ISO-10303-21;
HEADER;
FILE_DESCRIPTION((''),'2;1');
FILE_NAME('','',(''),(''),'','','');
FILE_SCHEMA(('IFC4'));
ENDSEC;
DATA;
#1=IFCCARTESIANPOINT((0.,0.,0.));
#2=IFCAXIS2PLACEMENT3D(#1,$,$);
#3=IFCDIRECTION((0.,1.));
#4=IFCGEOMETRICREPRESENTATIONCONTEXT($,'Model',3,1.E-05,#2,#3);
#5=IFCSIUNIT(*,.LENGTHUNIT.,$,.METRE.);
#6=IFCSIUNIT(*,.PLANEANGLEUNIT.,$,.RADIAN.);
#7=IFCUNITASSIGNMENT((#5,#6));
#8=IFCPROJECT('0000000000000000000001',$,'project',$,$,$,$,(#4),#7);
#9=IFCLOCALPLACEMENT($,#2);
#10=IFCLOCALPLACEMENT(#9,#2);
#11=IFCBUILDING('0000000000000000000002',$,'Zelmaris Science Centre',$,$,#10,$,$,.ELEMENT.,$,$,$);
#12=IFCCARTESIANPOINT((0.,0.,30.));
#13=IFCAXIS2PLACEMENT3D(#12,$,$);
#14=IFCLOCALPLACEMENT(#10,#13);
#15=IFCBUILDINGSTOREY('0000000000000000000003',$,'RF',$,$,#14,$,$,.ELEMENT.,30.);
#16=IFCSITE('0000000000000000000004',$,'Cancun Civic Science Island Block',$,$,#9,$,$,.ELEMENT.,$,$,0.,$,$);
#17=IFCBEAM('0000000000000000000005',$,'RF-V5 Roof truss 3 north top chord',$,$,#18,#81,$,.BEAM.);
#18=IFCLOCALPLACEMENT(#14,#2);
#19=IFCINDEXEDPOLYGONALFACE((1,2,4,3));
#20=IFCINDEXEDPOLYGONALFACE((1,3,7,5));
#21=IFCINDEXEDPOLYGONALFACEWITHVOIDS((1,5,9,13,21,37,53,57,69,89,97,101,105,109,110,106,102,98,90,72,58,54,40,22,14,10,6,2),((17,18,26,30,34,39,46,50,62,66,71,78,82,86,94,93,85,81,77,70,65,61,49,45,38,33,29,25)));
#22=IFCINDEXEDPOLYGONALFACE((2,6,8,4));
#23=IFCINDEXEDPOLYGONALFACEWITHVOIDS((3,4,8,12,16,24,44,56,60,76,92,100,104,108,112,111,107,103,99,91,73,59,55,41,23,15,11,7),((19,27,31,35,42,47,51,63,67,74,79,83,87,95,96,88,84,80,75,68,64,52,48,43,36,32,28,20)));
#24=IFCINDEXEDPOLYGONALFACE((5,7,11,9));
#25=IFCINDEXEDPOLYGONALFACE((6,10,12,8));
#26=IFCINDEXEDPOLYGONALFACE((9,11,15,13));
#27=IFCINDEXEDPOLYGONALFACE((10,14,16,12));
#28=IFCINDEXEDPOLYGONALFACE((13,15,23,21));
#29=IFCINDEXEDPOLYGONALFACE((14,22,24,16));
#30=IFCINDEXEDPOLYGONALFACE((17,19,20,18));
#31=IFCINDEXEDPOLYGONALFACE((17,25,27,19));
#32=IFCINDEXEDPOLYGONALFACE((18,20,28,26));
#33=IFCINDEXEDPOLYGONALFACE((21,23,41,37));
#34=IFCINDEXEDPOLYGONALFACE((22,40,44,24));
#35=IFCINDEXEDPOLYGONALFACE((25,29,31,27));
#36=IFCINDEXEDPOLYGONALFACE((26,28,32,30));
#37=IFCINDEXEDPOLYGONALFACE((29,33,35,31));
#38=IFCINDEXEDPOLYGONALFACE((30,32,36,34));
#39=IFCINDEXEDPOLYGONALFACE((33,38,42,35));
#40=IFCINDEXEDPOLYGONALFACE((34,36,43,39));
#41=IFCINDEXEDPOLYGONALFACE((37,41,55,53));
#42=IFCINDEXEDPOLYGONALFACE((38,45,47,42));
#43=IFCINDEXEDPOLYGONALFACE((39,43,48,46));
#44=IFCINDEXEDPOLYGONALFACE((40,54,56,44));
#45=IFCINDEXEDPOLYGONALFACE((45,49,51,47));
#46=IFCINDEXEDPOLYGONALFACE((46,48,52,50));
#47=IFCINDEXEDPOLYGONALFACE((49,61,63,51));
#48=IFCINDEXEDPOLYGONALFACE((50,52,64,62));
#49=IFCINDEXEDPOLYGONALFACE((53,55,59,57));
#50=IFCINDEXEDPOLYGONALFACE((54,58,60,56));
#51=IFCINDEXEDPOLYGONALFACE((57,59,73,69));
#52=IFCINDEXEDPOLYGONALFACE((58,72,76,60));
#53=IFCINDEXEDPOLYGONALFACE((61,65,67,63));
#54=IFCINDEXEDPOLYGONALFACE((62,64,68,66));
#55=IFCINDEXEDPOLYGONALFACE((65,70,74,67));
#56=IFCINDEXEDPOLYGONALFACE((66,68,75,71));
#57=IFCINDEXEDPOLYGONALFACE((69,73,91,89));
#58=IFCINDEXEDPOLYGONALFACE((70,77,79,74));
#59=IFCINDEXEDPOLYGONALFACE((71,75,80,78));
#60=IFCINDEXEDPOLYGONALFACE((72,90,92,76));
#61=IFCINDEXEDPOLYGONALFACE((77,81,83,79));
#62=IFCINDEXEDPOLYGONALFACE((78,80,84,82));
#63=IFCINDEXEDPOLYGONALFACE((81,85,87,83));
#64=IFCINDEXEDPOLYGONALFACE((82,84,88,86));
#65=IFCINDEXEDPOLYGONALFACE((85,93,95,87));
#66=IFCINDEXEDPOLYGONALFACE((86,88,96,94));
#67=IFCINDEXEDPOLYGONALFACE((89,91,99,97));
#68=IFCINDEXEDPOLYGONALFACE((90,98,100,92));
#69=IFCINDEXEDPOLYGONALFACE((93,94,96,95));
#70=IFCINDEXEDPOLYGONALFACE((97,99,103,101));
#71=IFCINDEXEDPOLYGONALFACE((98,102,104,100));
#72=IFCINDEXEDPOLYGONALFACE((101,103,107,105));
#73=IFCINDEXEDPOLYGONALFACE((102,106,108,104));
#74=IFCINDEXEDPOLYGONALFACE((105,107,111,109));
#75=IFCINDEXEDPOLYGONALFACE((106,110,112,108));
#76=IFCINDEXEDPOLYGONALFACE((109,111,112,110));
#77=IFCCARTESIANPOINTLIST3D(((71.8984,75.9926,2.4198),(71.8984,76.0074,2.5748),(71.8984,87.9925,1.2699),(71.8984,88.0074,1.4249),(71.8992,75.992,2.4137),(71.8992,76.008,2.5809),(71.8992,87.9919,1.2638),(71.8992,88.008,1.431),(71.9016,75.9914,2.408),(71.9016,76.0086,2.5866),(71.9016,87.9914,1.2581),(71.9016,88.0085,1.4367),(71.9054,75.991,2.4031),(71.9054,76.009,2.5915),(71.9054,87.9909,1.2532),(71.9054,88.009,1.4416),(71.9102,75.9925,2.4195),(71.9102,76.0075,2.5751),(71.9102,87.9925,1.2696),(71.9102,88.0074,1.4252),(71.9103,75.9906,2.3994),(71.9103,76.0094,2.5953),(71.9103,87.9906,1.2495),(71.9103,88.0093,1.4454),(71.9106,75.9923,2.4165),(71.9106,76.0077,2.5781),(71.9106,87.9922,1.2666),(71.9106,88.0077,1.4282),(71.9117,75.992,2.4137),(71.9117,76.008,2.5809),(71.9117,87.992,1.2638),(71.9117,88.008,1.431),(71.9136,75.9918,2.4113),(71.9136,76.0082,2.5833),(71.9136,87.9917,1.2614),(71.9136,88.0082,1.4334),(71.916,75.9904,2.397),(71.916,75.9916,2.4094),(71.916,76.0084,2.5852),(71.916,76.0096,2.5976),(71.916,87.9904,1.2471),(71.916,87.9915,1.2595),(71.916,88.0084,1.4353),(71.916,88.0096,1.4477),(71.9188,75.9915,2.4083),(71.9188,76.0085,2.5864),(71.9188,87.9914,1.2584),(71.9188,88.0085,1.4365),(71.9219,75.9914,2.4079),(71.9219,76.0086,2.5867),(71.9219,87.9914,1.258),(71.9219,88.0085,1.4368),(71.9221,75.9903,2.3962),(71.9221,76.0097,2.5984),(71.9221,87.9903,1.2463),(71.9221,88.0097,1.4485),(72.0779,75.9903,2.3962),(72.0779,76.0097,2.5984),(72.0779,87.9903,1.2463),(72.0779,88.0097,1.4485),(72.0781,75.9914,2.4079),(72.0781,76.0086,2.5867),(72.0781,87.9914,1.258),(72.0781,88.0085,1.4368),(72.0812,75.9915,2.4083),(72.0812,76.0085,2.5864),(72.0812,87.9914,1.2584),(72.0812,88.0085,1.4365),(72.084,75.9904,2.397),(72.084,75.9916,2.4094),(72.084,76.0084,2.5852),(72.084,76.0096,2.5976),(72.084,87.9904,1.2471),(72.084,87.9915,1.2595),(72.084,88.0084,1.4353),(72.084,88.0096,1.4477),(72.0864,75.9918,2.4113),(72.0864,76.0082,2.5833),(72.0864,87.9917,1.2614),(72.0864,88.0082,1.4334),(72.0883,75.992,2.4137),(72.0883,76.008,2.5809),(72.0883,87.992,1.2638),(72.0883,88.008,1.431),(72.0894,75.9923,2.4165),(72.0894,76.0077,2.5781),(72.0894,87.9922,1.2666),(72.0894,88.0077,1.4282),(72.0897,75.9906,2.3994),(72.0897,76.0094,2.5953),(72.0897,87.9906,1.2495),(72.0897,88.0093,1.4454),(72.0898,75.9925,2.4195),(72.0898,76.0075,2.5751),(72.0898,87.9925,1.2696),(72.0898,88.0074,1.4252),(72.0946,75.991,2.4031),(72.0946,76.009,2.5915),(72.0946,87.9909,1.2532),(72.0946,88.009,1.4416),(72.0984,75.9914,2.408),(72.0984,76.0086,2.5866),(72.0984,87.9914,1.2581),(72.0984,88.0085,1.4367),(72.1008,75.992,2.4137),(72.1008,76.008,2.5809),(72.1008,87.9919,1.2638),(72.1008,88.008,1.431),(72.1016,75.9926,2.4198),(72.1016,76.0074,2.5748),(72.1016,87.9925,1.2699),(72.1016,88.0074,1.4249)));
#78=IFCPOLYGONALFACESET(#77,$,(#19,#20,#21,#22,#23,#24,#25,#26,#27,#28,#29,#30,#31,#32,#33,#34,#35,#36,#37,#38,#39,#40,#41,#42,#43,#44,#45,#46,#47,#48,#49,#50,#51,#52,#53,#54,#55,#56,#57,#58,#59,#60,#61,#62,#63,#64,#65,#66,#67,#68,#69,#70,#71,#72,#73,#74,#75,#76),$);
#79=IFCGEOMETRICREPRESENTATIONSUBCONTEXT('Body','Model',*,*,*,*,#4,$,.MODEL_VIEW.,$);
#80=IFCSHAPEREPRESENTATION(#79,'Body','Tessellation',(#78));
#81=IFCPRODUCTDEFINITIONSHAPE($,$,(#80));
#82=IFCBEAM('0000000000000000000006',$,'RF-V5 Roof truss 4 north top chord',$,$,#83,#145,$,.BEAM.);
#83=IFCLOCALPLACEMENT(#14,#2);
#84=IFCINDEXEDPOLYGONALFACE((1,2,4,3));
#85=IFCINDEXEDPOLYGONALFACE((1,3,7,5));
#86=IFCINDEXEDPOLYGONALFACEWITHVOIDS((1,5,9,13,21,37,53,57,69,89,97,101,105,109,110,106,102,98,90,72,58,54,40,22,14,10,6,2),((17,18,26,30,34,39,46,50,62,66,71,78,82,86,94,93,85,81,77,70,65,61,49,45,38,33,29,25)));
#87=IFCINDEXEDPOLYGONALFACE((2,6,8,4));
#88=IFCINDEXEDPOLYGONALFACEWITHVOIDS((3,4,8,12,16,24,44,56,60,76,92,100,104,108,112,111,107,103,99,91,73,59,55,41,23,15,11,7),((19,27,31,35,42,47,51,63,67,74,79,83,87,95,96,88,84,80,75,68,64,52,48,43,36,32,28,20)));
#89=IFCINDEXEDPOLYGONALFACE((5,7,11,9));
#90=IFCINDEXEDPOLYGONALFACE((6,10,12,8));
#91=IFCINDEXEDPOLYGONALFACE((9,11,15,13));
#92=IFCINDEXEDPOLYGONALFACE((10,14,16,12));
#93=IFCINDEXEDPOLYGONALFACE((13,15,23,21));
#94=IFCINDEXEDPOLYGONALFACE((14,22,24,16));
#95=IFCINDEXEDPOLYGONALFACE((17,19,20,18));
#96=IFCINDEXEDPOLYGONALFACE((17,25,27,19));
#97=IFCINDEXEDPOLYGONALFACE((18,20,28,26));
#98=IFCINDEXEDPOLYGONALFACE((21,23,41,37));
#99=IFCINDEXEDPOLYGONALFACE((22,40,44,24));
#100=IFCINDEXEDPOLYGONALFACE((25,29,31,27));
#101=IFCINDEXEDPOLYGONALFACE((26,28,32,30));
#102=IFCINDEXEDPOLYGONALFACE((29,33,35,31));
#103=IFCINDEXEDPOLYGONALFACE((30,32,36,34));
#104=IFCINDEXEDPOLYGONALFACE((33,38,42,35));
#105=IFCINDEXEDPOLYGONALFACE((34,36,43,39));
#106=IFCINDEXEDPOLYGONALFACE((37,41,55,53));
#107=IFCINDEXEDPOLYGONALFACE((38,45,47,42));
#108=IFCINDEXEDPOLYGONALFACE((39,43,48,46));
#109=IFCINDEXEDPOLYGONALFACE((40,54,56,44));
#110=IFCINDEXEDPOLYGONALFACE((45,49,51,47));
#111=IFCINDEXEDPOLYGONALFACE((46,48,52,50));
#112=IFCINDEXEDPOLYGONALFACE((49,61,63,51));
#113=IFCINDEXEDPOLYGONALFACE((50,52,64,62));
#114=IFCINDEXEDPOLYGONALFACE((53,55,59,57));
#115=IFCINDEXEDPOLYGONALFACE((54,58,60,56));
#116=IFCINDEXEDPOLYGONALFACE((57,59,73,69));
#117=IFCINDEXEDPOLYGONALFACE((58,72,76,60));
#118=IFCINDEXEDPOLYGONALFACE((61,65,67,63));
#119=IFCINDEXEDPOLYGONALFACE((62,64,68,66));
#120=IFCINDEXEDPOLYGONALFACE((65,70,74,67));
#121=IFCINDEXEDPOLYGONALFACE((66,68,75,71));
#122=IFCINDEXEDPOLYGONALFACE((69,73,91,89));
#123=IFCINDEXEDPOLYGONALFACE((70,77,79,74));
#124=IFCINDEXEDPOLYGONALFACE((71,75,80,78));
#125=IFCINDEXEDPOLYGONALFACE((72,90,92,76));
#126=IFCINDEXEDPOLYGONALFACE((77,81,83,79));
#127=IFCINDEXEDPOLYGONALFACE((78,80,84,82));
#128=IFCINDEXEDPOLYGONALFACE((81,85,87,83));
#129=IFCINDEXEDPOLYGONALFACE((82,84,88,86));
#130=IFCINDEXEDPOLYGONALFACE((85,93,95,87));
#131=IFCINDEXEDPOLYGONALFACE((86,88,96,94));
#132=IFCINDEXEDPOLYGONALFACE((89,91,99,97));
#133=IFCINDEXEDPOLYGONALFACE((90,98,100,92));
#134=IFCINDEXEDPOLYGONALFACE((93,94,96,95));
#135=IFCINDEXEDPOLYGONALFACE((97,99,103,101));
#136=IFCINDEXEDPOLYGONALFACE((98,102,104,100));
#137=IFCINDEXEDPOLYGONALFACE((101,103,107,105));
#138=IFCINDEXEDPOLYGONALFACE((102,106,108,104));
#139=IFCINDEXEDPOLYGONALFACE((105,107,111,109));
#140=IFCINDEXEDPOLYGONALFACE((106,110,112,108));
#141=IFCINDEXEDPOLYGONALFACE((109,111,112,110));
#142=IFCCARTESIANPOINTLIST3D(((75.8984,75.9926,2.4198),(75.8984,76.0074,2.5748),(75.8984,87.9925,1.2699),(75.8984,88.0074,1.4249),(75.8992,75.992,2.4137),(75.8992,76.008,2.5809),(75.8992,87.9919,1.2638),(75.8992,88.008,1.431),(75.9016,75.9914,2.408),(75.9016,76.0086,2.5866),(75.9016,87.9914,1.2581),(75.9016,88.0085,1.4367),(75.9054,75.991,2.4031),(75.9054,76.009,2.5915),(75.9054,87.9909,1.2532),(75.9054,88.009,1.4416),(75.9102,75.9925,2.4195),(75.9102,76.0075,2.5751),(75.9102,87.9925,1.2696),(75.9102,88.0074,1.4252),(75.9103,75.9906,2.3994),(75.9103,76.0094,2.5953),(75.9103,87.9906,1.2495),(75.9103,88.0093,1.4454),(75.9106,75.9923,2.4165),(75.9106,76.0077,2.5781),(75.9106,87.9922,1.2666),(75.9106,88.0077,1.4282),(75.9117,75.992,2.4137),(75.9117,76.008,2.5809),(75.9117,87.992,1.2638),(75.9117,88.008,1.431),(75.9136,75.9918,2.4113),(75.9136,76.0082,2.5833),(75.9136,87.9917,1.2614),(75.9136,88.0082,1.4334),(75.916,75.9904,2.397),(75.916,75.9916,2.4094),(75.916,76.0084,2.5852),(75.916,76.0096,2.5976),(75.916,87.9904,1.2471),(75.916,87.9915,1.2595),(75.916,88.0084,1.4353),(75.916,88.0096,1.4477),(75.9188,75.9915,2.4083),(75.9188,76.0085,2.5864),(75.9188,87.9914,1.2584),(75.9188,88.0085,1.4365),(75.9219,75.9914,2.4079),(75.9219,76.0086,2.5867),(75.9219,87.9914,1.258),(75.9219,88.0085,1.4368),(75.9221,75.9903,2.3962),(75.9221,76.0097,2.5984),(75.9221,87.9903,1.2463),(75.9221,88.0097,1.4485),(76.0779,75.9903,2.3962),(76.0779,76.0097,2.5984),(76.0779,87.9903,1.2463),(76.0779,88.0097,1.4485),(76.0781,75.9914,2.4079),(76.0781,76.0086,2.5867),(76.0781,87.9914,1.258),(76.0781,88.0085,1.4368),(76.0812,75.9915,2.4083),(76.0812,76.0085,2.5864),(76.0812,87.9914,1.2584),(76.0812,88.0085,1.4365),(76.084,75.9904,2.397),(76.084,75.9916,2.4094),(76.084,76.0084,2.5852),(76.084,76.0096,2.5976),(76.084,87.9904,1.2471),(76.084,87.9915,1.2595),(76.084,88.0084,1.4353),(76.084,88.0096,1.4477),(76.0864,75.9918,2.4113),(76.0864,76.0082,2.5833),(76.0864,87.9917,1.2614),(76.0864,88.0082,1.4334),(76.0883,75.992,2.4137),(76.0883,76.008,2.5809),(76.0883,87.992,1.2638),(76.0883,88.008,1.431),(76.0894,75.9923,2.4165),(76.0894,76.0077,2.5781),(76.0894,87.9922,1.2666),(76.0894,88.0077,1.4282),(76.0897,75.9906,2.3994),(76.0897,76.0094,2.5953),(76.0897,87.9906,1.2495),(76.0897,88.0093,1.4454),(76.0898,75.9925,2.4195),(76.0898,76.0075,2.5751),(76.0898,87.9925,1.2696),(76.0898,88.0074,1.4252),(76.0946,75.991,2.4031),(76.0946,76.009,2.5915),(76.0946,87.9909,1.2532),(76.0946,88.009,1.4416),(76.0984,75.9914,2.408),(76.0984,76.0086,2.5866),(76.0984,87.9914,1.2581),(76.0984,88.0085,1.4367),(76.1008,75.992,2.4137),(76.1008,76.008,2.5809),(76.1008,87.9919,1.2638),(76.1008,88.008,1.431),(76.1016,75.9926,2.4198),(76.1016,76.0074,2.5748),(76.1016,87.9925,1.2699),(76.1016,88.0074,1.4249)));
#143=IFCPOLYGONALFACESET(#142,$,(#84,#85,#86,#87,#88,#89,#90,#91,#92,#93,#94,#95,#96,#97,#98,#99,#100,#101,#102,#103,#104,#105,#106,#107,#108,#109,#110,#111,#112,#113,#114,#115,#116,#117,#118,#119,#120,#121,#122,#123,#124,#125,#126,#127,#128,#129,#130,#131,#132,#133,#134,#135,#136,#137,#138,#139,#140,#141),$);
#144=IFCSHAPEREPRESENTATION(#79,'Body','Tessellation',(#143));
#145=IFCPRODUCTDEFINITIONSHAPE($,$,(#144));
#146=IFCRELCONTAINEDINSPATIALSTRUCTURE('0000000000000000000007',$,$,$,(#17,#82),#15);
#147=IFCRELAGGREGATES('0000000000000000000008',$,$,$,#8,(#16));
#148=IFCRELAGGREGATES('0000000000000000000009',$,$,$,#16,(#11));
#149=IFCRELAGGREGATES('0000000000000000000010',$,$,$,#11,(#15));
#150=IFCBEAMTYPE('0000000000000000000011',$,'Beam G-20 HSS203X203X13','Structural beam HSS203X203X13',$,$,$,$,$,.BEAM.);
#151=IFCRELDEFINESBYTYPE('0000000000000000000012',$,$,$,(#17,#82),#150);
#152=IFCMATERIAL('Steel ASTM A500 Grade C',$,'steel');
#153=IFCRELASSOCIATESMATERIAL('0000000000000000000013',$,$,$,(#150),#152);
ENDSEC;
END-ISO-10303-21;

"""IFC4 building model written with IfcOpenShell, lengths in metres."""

from ifc_helpers import new_model, si_unit, direction, frame, origin, origin_2d, place, context, subcontext, project, spatial, hollow_rectangle, extrude, material, material_profile, profile_set, type_object, element, save


model = new_model("IFC4")

# Units and contexts
model_context = context("Model", 3, precision=1e-05, world=origin(), true_north=direction((0.0, 1.0)))
body_context = subcontext(model_context, "Body", "Model", "MODEL_VIEW")
ifc_project = project(units=[si_unit("LENGTHUNIT", "METRE"), si_unit("PLANEANGLEUNIT", "RADIAN")], contexts=[model_context])

# Site, building, storey
site_placement = place(None, origin())
site = spatial("IfcSite", under=ifc_project, at=site_placement, Name="Cancun Civic Science Island Block", CompositionType="ELEMENT", RefElevation=0.0)
building_placement = place(site_placement, origin())
building = spatial("IfcBuilding", under=site, at=building_placement, Name="Zelmaris Science Centre", CompositionType="ELEMENT")
storey_placement = place(building_placement, frame((0.0, 0.0, 30.0)))
storey = spatial("IfcBuildingStorey", under=building, at=storey_placement, Name="RF", CompositionType="ELEMENT", Elevation=30.0)

# Beams
ifc_material = material(Name="Steel ASTM A500 Grade C", Category="steel")
ifc_material_profile_1 = material_profile(ifc_material, hollow_rectangle(XDim=0.2031, YDim=0.2031, WallThickness=0.0117, InnerFilletRadius=0.0117, OuterFilletRadius=0.0237, at=origin_2d()), Name="HSS203X203X13")
ifc_profile_set_1 = profile_set([ifc_material_profile_1], Name="Steel ASTM A500 Grade C")
beam_type = type_object("IfcBeamType", Name="Beam G-20 HSS203X203X13", Description="Structural beam HSS203X203X13", PredefinedType="BEAM", material=ifc_profile_set_1)
for number, where, z_axis, x_axis, name in (
    (1, (72.0, 76.0, 2.4973), (0.0, 0.99544, -0.095388), (-1.0, 0.0, 0.0), "RF-V5 Roof truss 3 north top chord"),
    (2, (76.0, 76.0, 2.4973), (0.0, 0.99544, -0.095388), (-1.0, 0.0, 0.0), "RF-V5 Roof truss 4 north top chord"),
):
    element("IfcBeam", number, at=place(storey_placement, frame(where, z_axis=z_axis, x_axis=x_axis)), inside=storey, type_object=beam_type, Name=name, PredefinedType="BEAM", context=body_context, shape_type="SweptSolid", body=[
        extrude(hollow_rectangle(XDim=0.2031, YDim=0.2031, WallThickness=0.0117, InnerFilletRadius=0.0117, OuterFilletRadius=0.0237, at=origin_2d()), origin(), (0.0, 0.0, 1.0), 12.0549),
    ])

save(model, "model.ifc")
